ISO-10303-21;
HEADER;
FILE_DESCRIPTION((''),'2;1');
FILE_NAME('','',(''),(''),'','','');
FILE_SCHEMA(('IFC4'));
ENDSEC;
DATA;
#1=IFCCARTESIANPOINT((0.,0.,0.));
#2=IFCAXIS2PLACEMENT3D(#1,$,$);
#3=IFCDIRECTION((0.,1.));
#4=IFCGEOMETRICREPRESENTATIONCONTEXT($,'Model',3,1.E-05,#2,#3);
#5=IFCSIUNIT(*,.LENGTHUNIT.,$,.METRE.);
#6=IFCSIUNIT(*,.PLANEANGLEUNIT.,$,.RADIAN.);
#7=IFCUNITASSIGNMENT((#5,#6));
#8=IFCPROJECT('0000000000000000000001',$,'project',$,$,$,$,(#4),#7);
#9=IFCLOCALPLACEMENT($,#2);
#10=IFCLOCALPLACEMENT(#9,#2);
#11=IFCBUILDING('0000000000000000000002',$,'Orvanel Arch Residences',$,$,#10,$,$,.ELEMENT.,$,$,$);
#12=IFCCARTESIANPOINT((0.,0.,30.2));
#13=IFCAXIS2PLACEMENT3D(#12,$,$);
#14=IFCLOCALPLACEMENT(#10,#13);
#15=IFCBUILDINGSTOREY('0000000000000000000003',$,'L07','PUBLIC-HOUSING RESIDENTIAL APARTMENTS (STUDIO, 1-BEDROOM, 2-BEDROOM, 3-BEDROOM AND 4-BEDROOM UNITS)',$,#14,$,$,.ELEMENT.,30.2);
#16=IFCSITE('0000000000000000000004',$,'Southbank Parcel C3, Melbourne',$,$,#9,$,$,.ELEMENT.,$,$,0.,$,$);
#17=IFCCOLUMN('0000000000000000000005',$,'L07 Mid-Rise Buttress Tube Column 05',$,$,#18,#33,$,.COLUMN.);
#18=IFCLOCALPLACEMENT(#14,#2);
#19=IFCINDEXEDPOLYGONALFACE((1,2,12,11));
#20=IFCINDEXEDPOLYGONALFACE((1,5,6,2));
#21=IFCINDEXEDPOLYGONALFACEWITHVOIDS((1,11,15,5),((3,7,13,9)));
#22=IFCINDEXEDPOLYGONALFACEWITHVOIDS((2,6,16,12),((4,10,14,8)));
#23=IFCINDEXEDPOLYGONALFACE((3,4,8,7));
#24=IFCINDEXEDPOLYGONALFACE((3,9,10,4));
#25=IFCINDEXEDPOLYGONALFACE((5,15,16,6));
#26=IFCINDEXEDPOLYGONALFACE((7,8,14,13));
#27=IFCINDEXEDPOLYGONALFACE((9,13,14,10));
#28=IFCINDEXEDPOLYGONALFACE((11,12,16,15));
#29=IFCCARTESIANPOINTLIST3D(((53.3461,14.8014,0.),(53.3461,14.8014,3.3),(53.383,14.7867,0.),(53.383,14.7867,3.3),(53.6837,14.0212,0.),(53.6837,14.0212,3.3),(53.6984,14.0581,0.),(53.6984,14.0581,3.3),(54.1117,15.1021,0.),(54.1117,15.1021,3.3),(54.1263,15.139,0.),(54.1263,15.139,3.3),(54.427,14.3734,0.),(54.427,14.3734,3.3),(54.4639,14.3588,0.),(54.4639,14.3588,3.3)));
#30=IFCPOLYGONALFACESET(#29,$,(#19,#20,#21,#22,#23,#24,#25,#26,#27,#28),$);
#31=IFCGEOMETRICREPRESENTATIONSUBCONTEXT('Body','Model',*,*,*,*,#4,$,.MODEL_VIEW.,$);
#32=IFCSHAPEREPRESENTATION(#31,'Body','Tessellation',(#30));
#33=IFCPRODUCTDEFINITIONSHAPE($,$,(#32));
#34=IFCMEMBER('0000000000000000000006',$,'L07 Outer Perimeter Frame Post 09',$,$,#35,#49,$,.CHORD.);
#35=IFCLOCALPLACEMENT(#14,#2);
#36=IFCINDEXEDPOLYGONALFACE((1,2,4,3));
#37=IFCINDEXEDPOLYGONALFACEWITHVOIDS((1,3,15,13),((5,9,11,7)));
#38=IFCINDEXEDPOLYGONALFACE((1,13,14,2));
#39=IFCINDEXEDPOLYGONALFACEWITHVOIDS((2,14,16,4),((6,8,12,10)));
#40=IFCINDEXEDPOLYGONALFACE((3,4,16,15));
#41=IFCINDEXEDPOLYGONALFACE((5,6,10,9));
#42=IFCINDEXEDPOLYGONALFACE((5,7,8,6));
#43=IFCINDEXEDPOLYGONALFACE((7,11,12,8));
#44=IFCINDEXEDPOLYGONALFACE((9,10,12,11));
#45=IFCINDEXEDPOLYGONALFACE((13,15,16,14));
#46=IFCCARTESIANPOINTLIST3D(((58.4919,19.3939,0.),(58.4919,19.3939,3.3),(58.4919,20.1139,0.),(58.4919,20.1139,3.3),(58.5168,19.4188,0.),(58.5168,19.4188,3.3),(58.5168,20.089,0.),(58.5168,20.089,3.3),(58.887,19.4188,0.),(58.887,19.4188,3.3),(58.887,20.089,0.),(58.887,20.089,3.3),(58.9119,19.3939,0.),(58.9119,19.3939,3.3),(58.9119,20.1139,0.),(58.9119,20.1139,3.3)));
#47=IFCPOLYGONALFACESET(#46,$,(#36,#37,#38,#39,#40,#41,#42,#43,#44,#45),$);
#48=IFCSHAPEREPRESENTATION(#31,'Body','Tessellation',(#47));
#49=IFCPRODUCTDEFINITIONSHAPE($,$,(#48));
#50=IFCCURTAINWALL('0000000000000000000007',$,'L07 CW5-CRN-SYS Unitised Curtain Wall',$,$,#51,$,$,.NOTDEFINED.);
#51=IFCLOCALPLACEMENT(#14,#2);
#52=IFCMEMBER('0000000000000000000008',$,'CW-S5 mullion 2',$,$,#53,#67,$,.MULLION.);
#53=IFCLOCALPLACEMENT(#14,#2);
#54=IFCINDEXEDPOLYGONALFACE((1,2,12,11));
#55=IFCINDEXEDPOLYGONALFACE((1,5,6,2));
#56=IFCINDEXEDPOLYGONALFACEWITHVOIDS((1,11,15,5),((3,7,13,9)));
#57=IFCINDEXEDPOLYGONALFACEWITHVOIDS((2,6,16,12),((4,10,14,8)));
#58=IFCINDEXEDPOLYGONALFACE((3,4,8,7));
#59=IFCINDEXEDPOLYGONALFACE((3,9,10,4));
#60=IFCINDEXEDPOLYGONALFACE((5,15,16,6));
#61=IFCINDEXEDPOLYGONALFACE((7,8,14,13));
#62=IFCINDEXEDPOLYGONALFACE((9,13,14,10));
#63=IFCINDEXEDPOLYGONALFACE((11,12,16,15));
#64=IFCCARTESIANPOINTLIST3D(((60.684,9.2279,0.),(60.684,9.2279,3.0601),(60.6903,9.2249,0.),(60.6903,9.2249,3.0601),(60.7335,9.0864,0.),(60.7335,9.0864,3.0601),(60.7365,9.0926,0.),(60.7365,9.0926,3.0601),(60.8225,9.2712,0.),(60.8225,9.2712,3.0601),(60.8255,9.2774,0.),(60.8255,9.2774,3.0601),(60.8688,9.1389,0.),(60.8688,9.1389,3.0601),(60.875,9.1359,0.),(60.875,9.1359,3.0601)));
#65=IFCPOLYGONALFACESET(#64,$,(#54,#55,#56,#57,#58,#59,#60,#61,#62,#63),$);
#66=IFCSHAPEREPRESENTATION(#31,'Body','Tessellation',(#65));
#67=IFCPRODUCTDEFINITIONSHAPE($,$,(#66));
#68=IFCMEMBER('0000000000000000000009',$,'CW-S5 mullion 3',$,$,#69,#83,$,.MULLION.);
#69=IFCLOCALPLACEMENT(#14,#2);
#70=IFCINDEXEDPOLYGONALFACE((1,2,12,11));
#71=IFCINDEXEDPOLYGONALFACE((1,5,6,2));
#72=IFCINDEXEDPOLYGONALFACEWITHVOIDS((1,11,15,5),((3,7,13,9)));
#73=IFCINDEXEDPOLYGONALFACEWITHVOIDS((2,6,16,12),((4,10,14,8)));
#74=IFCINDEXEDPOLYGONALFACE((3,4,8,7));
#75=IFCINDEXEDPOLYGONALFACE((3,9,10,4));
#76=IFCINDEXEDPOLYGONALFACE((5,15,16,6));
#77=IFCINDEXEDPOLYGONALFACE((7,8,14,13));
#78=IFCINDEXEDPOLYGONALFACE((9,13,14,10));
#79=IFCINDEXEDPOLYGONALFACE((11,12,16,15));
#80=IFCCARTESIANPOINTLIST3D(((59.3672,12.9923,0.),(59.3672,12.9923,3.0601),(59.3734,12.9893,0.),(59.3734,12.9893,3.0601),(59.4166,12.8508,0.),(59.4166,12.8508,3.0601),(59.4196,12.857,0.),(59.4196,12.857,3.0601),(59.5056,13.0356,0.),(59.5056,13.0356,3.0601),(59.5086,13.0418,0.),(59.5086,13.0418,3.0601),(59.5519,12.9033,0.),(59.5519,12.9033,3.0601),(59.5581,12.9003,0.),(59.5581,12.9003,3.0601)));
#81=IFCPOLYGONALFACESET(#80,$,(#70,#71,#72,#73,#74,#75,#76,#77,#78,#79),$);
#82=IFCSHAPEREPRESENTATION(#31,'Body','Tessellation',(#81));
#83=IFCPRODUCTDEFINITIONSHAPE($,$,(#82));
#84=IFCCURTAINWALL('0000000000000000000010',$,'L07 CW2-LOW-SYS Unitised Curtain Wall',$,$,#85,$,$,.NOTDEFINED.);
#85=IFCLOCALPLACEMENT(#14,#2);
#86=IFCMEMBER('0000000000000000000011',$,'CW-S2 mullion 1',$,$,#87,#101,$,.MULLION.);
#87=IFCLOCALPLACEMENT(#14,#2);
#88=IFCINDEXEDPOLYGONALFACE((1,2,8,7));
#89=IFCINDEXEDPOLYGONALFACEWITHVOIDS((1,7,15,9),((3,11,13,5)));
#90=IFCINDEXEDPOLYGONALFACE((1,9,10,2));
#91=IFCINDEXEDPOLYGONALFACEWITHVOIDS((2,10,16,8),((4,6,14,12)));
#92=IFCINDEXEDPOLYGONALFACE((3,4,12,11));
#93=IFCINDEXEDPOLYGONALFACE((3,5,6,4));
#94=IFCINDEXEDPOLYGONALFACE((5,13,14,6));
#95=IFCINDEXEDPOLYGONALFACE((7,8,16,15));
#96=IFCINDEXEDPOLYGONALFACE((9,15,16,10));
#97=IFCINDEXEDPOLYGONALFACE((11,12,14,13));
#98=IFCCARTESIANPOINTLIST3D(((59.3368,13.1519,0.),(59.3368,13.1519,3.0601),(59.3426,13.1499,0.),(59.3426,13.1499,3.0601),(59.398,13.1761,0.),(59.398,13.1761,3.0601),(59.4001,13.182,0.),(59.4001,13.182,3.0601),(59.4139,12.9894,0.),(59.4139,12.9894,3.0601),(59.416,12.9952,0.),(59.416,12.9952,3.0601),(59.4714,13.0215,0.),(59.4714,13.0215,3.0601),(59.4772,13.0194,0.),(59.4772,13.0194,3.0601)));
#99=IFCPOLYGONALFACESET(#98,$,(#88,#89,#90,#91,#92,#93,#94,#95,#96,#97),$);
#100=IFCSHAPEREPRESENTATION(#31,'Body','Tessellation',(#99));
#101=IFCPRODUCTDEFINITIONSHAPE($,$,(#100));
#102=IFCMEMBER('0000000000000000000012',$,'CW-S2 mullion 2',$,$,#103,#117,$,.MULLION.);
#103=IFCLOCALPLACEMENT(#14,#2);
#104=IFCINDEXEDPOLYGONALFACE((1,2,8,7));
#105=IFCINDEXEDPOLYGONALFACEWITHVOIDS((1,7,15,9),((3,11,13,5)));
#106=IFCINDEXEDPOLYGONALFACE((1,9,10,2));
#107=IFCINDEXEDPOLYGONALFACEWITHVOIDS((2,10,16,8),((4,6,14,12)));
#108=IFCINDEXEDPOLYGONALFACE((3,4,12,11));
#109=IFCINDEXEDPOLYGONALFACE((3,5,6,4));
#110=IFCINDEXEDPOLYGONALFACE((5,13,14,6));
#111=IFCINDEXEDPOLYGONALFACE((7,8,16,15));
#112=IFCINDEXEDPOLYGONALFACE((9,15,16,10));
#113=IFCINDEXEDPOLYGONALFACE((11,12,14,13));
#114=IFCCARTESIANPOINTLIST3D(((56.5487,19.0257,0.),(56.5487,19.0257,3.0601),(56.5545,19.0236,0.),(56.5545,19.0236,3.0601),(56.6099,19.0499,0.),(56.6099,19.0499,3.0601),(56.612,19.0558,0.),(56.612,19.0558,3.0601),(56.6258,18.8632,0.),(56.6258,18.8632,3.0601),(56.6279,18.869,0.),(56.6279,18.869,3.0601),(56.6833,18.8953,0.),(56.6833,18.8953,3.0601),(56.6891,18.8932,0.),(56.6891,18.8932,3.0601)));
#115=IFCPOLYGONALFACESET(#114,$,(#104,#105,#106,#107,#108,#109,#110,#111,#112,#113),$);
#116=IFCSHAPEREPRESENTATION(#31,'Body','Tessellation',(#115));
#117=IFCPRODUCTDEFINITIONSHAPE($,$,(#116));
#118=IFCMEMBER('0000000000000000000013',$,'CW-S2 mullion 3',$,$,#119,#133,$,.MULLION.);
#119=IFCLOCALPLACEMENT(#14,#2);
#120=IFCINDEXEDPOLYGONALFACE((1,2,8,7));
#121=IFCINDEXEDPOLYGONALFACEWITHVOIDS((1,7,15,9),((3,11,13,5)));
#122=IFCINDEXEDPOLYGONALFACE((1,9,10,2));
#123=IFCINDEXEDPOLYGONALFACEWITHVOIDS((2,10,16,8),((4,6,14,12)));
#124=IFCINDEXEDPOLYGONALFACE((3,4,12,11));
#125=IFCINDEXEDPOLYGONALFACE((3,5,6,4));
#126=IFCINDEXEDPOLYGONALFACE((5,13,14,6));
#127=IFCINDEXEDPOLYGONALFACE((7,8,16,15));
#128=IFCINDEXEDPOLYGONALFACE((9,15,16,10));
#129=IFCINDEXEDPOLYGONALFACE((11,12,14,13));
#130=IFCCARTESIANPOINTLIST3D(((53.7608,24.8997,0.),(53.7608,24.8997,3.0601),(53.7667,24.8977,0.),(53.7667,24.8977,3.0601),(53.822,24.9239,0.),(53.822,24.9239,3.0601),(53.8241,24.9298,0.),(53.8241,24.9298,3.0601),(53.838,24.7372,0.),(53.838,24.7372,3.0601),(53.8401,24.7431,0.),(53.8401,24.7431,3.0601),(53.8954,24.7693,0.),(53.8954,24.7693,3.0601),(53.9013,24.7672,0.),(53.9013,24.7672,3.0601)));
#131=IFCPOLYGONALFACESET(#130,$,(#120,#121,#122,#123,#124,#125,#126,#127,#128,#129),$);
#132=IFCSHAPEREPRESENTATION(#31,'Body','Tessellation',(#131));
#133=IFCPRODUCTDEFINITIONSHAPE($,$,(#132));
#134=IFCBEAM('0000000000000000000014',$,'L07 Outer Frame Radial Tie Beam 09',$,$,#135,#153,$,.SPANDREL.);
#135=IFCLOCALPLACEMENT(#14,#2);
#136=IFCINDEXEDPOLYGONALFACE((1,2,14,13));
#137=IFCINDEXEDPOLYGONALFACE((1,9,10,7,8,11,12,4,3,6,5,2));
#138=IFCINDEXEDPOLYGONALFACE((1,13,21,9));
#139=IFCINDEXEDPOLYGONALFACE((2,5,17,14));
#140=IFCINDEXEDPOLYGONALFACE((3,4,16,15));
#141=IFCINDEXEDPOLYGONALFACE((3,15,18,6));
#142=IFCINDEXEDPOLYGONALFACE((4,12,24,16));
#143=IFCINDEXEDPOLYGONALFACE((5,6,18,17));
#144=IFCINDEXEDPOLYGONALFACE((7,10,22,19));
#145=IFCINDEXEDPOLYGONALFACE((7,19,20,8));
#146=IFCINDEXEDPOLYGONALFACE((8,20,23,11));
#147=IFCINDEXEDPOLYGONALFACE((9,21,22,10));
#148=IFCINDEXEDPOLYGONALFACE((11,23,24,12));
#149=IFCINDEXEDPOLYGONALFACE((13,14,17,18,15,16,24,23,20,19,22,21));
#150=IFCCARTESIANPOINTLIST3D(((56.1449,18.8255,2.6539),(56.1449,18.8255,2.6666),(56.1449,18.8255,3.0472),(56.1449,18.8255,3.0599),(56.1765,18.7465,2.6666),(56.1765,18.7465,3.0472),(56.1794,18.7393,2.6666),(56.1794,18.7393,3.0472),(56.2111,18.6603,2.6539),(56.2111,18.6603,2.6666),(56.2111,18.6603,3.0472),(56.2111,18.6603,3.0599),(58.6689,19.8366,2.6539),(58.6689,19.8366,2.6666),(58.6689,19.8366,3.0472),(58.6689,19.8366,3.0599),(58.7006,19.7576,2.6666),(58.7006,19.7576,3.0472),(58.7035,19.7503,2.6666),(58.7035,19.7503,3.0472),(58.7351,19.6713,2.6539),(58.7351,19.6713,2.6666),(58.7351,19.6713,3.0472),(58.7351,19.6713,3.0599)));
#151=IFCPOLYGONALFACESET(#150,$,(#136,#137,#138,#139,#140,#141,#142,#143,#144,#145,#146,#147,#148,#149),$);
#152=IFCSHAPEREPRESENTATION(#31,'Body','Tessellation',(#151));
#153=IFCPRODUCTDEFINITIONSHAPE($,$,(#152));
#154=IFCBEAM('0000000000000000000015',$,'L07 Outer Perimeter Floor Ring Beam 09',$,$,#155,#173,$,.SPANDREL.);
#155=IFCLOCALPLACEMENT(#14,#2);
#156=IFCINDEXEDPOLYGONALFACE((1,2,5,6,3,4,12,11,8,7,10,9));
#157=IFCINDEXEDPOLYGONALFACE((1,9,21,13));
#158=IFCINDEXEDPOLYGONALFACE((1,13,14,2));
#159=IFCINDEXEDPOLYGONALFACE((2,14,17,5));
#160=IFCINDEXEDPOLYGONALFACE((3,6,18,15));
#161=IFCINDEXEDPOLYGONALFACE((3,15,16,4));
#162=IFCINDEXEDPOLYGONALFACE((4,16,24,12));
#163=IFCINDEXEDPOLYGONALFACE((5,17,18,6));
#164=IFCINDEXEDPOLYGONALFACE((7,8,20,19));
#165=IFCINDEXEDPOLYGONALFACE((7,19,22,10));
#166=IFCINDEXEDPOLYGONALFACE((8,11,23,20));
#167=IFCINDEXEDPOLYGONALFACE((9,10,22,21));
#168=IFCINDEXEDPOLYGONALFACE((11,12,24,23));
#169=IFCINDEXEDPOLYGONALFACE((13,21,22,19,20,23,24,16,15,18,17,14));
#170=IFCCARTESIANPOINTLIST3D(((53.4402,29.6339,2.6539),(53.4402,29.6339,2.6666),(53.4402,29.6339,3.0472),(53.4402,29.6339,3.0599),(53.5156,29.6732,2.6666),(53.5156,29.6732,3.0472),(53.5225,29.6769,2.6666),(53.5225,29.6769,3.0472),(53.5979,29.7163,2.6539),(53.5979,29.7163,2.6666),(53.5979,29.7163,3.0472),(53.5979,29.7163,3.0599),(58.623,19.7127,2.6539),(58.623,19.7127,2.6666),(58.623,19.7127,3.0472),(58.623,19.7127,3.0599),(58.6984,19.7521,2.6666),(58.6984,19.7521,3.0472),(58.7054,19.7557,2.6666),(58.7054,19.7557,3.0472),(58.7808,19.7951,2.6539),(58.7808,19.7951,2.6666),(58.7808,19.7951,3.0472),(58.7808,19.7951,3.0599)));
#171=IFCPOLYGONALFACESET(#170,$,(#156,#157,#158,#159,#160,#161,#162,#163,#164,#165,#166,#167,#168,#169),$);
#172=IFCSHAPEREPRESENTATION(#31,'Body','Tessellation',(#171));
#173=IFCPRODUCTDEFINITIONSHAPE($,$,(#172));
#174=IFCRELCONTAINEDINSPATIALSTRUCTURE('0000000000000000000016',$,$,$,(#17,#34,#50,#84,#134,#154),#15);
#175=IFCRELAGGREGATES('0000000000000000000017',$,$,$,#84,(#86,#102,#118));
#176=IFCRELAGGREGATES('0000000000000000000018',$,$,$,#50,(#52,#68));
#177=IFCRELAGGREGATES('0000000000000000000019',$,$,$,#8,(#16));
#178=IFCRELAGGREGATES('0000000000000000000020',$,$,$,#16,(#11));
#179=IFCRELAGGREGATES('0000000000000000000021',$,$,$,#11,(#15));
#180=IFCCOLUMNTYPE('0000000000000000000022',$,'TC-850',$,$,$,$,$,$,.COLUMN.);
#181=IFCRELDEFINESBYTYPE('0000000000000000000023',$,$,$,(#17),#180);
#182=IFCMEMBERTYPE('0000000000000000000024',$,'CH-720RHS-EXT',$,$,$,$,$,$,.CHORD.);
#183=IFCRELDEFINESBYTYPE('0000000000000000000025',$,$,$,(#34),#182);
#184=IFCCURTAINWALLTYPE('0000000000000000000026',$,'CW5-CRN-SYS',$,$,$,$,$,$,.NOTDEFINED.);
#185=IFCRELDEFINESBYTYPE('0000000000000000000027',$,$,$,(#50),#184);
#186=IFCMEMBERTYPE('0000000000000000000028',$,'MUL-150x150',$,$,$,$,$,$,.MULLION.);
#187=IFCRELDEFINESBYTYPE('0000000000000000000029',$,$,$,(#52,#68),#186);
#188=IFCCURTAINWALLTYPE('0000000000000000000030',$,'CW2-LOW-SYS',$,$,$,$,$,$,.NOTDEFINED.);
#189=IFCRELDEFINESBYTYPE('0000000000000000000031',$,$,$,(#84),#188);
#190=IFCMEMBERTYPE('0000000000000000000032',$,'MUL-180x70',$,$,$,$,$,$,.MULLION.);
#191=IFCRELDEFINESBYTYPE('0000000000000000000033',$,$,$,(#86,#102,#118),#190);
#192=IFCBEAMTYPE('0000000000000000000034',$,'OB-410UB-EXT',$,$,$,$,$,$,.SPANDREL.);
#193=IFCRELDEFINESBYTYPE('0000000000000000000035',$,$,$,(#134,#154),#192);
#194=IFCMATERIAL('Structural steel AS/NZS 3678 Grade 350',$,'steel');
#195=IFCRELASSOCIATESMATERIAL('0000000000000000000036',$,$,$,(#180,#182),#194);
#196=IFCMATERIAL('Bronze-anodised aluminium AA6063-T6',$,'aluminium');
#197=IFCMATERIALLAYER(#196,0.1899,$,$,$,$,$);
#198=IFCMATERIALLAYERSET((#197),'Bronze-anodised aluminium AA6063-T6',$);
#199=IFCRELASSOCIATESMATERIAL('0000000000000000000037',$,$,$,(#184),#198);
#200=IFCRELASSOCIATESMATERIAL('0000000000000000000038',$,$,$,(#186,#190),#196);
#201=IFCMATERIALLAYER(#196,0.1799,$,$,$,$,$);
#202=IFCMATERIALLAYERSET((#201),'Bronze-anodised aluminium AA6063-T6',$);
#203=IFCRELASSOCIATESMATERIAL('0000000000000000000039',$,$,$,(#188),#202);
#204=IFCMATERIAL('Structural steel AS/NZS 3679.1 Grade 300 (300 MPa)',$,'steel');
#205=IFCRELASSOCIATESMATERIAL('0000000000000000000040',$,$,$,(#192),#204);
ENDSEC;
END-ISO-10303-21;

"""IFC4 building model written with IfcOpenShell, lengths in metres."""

from ifc_helpers import new_model, si_unit, direction, frame, origin, origin_2d, place, context, subcontext, project, spatial, hollow_rectangle, i_section, extrude, material, layer, layer_set, material_profile, profile_set, type_object, element, aggregate, save


model = new_model("IFC4")

# Units and contexts
model_context = context("Model", 3, precision=1e-05, world=origin(), true_north=direction((0.0, 1.0)))
body_context = subcontext(model_context, "Body", "Model", "MODEL_VIEW")
ifc_project = project(units=[si_unit("LENGTHUNIT", "METRE"), si_unit("PLANEANGLEUNIT", "RADIAN")], contexts=[model_context])

# Site, building, storey
site_placement = place(None, origin())
site = spatial("IfcSite", under=ifc_project, at=site_placement, Name="Southbank Parcel C3, Melbourne", CompositionType="ELEMENT", RefElevation=0.0)
building_placement = place(site_placement, origin())
building = spatial("IfcBuilding", under=site, at=building_placement, Name="Orvanel Arch Residences", CompositionType="ELEMENT")
storey_placement = place(building_placement, frame((0.0, 0.0, 30.2)))
storey = spatial("IfcBuildingStorey", under=building, at=storey_placement, Name="L07", Description="PUBLIC-HOUSING RESIDENTIAL APARTMENTS (STUDIO, 1-BEDROOM, 2-BEDROOM, 3-BEDROOM AND 4-BEDROOM UNITS)", CompositionType="ELEMENT", Elevation=30.2)

# Column
ifc_material_1 = material(Name="Structural steel AS/NZS 3678 Grade 350", Category="steel")
ifc_material_profile_1 = material_profile(ifc_material_1, hollow_rectangle(XDim=0.8501, YDim=0.8501, WallThickness=0.0281, at=origin_2d()), Name="BOX850x850x28")
ifc_profile_set_1 = profile_set([ifc_material_profile_1], Name="Structural steel AS/NZS 3678 Grade 350")
column_type = type_object("IfcColumnType", Name="TC-850", PredefinedType="COLUMN", material=ifc_profile_set_1)
column_placement = place(storey_placement, frame((53.905, 14.5801, 0.0), z_axis=(0.0, 0.0, 1.0), x_axis=(-0.397148, 0.917755, 0.0)))
element("IfcColumn", 1, at=column_placement, inside=storey, type_object=column_type, Name="L07 Mid-Rise Buttress Tube Column 05", PredefinedType="COLUMN", context=body_context, shape_type="SweptSolid", body=[
    extrude(hollow_rectangle(XDim=0.8501, YDim=0.8501, WallThickness=0.0281, at=origin_2d()), origin(), (0.0, 0.0, 1.0), 3.3),
])

# Member
ifc_material_profile_2 = material_profile(ifc_material_1, hollow_rectangle(XDim=0.4199, YDim=0.72, WallThickness=0.0249, at=origin_2d()), Name="RHS720x420x25")
ifc_profile_set_2 = profile_set([ifc_material_profile_2], Name="Structural steel AS/NZS 3678 Grade 350")
member_type_1 = type_object("IfcMemberType", Name="CH-720RHS-EXT", PredefinedType="CHORD", material=ifc_profile_set_2)
member_1_placement = place(storey_placement, frame((58.7019, 19.7539, 0.0), z_axis=(0.0, 0.0, 1.0), x_axis=(1.0, 0.0, 0.0)))
element("IfcMember", 2, at=member_1_placement, inside=storey, type_object=member_type_1, Name="L07 Outer Perimeter Frame Post 09", PredefinedType="CHORD", context=body_context, shape_type="SweptSolid", body=[
    extrude(hollow_rectangle(XDim=0.4199, YDim=0.72, WallThickness=0.0249, at=origin_2d()), origin(), (0.0, 0.0, 1.0), 3.3),
])

# Curtain walls, members
ifc_material_2 = material(Name="Bronze-anodised aluminium AA6063-T6", Category="aluminium")
ifc_layer_1 = layer(ifc_material_2, 0.1899)
ifc_layer_set_1 = layer_set([ifc_layer_1], Name="Bronze-anodised aluminium AA6063-T6")
curtain_wall_type_1 = type_object("IfcCurtainWallType", Name="CW5-CRN-SYS", PredefinedType="NOTDEFINED", material=ifc_layer_set_1)
curtain_wall_1_placement = place(storey_placement, origin())
curtain_wall_1 = element("IfcCurtainWall", 3, at=curtain_wall_1_placement, inside=storey, type_object=curtain_wall_type_1, Name="L07 CW5-CRN-SYS Unitised Curtain Wall", PredefinedType="NOTDEFINED")
ifc_material_profile_3 = material_profile(ifc_material_2, hollow_rectangle(XDim=0.1499, YDim=0.1499, WallThickness=0.0049, at=origin_2d()), Name="ALU150x150x5")
ifc_profile_set_3 = profile_set([ifc_material_profile_3], Name="Bronze-anodised aluminium AA6063-T6")
member_type_2 = type_object("IfcMemberType", Name="MUL-150x150", PredefinedType="MULLION", material=ifc_profile_set_3)
member_2_placement = place(storey_placement, frame((60.7795, 9.1819, 0.0), z_axis=(0.0, 0.0, 1.0), x_axis=(-0.943916, -0.330186, 0.0)))
member_2 = element("IfcMember", 4, at=member_2_placement, type_object=member_type_2, Name="CW-S5 mullion 2", PredefinedType="MULLION", context=body_context, shape_type="SweptSolid", body=[
    extrude(hollow_rectangle(XDim=0.1499, YDim=0.1499, WallThickness=0.0049, at=origin_2d()), origin(), (0.0, 0.0, 1.0), 3.0601),
])
member_3_placement = place(storey_placement, frame((59.4626, 12.9463, 0.0), z_axis=(0.0, 0.0, 1.0), x_axis=(-0.943916, -0.330186, 0.0)))
member_3 = element("IfcMember", 5, at=member_3_placement, type_object=member_type_2, Name="CW-S5 mullion 3", PredefinedType="MULLION", context=body_context, shape_type="SweptSolid", body=[
    extrude(hollow_rectangle(XDim=0.1499, YDim=0.1499, WallThickness=0.0049, at=origin_2d()), origin(), (0.0, 0.0, 1.0), 3.0601),
])
ifc_layer_2 = layer(ifc_material_2, 0.1799)
ifc_layer_set_2 = layer_set([ifc_layer_2], Name="Bronze-anodised aluminium AA6063-T6")
curtain_wall_type_2 = type_object("IfcCurtainWallType", Name="CW2-LOW-SYS", PredefinedType="NOTDEFINED", material=ifc_layer_set_2)
curtain_wall_2_placement = place(storey_placement, origin())
curtain_wall_2 = element("IfcCurtainWall", 6, at=curtain_wall_2_placement, inside=storey, type_object=curtain_wall_type_2, Name="L07 CW2-LOW-SYS Unitised Curtain Wall", PredefinedType="NOTDEFINED")
ifc_material_profile_4 = material_profile(ifc_material_2, hollow_rectangle(XDim=0.0701, YDim=0.1799, WallThickness=0.0044, at=origin_2d()), Name="ALU180x70x4.5")
ifc_profile_set_4 = profile_set([ifc_material_profile_4], Name="Bronze-anodised aluminium AA6063-T6")
member_type_3 = type_object("IfcMemberType", Name="MUL-180x70", PredefinedType="MULLION", material=ifc_profile_set_4)
member_4_placement = place(storey_placement, frame((59.407, 13.0857, 0.0), z_axis=(0.0, 0.0, 1.0), x_axis=(-0.903403, -0.428793, 0.0)))
member_4 = element("IfcMember", 7, at=member_4_placement, type_object=member_type_3, Name="CW-S2 mullion 1", PredefinedType="MULLION", context=body_context, shape_type="SweptSolid", body=[
    extrude(hollow_rectangle(XDim=0.0701, YDim=0.1799, WallThickness=0.0044, at=origin_2d()), origin(), (0.0, 0.0, 1.0), 3.0601),
])
member_5_placement = place(storey_placement, frame((56.6189, 18.9595, 0.0), z_axis=(0.0, 0.0, 1.0), x_axis=(-0.903403, -0.428793, 0.0)))
member_5 = element("IfcMember", 8, at=member_5_placement, type_object=member_type_3, Name="CW-S2 mullion 2", PredefinedType="MULLION", context=body_context, shape_type="SweptSolid", body=[
    extrude(hollow_rectangle(XDim=0.0701, YDim=0.1799, WallThickness=0.0044, at=origin_2d()), origin(), (0.0, 0.0, 1.0), 3.0601),
])
member_6_placement = place(storey_placement, frame((53.8311, 24.8335, 0.0), z_axis=(0.0, 0.0, 1.0), x_axis=(-0.903403, -0.428793, 0.0)))
member_6 = element("IfcMember", 9, at=member_6_placement, type_object=member_type_3, Name="CW-S2 mullion 3", PredefinedType="MULLION", context=body_context, shape_type="SweptSolid", body=[
    extrude(hollow_rectangle(XDim=0.0701, YDim=0.1799, WallThickness=0.0044, at=origin_2d()), origin(), (0.0, 0.0, 1.0), 3.0601),
])

# Beams
ifc_material_3 = material(Name="Structural steel AS/NZS 3679.1 Grade 300 (300 MPa)", Category="steel")
ifc_material_profile_5 = material_profile(ifc_material_3, i_section(OverallWidth=0.178, OverallDepth=0.406, WebThickness=0.0078, FlangeThickness=0.0127, at=origin_2d()), Name="410UB59.7")
ifc_profile_set_5 = profile_set([ifc_material_profile_5], Name="Structural steel AS/NZS 3679.1 Grade 300 (300 MPa)")
beam_type_1 = type_object("IfcBeamType", Name="OB-410UB-EXT", PredefinedType="SPANDREL", material=ifc_profile_set_5)
beam_1_placement = place(storey_placement, frame((56.178, 18.7429, 2.8569), z_axis=(0.928297, 0.37184, 0.0), x_axis=(-0.37184, 0.928297, 0.0)))
element("IfcBeam", 10, at=beam_1_placement, inside=storey, type_object=beam_type_1, Name="L07 Outer Frame Radial Tie Beam 09", PredefinedType="SPANDREL", context=body_context, shape_type="SweptSolid", body=[
    extrude(i_section(OverallWidth=0.178, OverallDepth=0.406, WebThickness=0.0078, FlangeThickness=0.0127, at=origin_2d()), origin(), (0.0, 0.0, 1.0), 2.719),
])
beam_2_placement = place(storey_placement, frame((58.7019, 19.7539, 2.8569), z_axis=(-0.46303, 0.886342, 0.0), x_axis=(-0.886342, -0.46303, 0.0)))
element("IfcBeam", 11, at=beam_2_placement, inside=storey, type_object=beam_type_1, Name="L07 Outer Perimeter Floor Ring Beam 09", PredefinedType="SPANDREL", context=body_context, shape_type="SweptSolid", body=[
    extrude(i_section(OverallWidth=0.178, OverallDepth=0.406, WebThickness=0.0078, FlangeThickness=0.0127, at=origin_2d()), origin(), (0.0, 0.0, 1.0), 11.1934),
])

aggregate(curtain_wall_2, [member_4, member_5, member_6])
aggregate(curtain_wall_1, [member_2, member_3])

save(model, "model.ifc")
